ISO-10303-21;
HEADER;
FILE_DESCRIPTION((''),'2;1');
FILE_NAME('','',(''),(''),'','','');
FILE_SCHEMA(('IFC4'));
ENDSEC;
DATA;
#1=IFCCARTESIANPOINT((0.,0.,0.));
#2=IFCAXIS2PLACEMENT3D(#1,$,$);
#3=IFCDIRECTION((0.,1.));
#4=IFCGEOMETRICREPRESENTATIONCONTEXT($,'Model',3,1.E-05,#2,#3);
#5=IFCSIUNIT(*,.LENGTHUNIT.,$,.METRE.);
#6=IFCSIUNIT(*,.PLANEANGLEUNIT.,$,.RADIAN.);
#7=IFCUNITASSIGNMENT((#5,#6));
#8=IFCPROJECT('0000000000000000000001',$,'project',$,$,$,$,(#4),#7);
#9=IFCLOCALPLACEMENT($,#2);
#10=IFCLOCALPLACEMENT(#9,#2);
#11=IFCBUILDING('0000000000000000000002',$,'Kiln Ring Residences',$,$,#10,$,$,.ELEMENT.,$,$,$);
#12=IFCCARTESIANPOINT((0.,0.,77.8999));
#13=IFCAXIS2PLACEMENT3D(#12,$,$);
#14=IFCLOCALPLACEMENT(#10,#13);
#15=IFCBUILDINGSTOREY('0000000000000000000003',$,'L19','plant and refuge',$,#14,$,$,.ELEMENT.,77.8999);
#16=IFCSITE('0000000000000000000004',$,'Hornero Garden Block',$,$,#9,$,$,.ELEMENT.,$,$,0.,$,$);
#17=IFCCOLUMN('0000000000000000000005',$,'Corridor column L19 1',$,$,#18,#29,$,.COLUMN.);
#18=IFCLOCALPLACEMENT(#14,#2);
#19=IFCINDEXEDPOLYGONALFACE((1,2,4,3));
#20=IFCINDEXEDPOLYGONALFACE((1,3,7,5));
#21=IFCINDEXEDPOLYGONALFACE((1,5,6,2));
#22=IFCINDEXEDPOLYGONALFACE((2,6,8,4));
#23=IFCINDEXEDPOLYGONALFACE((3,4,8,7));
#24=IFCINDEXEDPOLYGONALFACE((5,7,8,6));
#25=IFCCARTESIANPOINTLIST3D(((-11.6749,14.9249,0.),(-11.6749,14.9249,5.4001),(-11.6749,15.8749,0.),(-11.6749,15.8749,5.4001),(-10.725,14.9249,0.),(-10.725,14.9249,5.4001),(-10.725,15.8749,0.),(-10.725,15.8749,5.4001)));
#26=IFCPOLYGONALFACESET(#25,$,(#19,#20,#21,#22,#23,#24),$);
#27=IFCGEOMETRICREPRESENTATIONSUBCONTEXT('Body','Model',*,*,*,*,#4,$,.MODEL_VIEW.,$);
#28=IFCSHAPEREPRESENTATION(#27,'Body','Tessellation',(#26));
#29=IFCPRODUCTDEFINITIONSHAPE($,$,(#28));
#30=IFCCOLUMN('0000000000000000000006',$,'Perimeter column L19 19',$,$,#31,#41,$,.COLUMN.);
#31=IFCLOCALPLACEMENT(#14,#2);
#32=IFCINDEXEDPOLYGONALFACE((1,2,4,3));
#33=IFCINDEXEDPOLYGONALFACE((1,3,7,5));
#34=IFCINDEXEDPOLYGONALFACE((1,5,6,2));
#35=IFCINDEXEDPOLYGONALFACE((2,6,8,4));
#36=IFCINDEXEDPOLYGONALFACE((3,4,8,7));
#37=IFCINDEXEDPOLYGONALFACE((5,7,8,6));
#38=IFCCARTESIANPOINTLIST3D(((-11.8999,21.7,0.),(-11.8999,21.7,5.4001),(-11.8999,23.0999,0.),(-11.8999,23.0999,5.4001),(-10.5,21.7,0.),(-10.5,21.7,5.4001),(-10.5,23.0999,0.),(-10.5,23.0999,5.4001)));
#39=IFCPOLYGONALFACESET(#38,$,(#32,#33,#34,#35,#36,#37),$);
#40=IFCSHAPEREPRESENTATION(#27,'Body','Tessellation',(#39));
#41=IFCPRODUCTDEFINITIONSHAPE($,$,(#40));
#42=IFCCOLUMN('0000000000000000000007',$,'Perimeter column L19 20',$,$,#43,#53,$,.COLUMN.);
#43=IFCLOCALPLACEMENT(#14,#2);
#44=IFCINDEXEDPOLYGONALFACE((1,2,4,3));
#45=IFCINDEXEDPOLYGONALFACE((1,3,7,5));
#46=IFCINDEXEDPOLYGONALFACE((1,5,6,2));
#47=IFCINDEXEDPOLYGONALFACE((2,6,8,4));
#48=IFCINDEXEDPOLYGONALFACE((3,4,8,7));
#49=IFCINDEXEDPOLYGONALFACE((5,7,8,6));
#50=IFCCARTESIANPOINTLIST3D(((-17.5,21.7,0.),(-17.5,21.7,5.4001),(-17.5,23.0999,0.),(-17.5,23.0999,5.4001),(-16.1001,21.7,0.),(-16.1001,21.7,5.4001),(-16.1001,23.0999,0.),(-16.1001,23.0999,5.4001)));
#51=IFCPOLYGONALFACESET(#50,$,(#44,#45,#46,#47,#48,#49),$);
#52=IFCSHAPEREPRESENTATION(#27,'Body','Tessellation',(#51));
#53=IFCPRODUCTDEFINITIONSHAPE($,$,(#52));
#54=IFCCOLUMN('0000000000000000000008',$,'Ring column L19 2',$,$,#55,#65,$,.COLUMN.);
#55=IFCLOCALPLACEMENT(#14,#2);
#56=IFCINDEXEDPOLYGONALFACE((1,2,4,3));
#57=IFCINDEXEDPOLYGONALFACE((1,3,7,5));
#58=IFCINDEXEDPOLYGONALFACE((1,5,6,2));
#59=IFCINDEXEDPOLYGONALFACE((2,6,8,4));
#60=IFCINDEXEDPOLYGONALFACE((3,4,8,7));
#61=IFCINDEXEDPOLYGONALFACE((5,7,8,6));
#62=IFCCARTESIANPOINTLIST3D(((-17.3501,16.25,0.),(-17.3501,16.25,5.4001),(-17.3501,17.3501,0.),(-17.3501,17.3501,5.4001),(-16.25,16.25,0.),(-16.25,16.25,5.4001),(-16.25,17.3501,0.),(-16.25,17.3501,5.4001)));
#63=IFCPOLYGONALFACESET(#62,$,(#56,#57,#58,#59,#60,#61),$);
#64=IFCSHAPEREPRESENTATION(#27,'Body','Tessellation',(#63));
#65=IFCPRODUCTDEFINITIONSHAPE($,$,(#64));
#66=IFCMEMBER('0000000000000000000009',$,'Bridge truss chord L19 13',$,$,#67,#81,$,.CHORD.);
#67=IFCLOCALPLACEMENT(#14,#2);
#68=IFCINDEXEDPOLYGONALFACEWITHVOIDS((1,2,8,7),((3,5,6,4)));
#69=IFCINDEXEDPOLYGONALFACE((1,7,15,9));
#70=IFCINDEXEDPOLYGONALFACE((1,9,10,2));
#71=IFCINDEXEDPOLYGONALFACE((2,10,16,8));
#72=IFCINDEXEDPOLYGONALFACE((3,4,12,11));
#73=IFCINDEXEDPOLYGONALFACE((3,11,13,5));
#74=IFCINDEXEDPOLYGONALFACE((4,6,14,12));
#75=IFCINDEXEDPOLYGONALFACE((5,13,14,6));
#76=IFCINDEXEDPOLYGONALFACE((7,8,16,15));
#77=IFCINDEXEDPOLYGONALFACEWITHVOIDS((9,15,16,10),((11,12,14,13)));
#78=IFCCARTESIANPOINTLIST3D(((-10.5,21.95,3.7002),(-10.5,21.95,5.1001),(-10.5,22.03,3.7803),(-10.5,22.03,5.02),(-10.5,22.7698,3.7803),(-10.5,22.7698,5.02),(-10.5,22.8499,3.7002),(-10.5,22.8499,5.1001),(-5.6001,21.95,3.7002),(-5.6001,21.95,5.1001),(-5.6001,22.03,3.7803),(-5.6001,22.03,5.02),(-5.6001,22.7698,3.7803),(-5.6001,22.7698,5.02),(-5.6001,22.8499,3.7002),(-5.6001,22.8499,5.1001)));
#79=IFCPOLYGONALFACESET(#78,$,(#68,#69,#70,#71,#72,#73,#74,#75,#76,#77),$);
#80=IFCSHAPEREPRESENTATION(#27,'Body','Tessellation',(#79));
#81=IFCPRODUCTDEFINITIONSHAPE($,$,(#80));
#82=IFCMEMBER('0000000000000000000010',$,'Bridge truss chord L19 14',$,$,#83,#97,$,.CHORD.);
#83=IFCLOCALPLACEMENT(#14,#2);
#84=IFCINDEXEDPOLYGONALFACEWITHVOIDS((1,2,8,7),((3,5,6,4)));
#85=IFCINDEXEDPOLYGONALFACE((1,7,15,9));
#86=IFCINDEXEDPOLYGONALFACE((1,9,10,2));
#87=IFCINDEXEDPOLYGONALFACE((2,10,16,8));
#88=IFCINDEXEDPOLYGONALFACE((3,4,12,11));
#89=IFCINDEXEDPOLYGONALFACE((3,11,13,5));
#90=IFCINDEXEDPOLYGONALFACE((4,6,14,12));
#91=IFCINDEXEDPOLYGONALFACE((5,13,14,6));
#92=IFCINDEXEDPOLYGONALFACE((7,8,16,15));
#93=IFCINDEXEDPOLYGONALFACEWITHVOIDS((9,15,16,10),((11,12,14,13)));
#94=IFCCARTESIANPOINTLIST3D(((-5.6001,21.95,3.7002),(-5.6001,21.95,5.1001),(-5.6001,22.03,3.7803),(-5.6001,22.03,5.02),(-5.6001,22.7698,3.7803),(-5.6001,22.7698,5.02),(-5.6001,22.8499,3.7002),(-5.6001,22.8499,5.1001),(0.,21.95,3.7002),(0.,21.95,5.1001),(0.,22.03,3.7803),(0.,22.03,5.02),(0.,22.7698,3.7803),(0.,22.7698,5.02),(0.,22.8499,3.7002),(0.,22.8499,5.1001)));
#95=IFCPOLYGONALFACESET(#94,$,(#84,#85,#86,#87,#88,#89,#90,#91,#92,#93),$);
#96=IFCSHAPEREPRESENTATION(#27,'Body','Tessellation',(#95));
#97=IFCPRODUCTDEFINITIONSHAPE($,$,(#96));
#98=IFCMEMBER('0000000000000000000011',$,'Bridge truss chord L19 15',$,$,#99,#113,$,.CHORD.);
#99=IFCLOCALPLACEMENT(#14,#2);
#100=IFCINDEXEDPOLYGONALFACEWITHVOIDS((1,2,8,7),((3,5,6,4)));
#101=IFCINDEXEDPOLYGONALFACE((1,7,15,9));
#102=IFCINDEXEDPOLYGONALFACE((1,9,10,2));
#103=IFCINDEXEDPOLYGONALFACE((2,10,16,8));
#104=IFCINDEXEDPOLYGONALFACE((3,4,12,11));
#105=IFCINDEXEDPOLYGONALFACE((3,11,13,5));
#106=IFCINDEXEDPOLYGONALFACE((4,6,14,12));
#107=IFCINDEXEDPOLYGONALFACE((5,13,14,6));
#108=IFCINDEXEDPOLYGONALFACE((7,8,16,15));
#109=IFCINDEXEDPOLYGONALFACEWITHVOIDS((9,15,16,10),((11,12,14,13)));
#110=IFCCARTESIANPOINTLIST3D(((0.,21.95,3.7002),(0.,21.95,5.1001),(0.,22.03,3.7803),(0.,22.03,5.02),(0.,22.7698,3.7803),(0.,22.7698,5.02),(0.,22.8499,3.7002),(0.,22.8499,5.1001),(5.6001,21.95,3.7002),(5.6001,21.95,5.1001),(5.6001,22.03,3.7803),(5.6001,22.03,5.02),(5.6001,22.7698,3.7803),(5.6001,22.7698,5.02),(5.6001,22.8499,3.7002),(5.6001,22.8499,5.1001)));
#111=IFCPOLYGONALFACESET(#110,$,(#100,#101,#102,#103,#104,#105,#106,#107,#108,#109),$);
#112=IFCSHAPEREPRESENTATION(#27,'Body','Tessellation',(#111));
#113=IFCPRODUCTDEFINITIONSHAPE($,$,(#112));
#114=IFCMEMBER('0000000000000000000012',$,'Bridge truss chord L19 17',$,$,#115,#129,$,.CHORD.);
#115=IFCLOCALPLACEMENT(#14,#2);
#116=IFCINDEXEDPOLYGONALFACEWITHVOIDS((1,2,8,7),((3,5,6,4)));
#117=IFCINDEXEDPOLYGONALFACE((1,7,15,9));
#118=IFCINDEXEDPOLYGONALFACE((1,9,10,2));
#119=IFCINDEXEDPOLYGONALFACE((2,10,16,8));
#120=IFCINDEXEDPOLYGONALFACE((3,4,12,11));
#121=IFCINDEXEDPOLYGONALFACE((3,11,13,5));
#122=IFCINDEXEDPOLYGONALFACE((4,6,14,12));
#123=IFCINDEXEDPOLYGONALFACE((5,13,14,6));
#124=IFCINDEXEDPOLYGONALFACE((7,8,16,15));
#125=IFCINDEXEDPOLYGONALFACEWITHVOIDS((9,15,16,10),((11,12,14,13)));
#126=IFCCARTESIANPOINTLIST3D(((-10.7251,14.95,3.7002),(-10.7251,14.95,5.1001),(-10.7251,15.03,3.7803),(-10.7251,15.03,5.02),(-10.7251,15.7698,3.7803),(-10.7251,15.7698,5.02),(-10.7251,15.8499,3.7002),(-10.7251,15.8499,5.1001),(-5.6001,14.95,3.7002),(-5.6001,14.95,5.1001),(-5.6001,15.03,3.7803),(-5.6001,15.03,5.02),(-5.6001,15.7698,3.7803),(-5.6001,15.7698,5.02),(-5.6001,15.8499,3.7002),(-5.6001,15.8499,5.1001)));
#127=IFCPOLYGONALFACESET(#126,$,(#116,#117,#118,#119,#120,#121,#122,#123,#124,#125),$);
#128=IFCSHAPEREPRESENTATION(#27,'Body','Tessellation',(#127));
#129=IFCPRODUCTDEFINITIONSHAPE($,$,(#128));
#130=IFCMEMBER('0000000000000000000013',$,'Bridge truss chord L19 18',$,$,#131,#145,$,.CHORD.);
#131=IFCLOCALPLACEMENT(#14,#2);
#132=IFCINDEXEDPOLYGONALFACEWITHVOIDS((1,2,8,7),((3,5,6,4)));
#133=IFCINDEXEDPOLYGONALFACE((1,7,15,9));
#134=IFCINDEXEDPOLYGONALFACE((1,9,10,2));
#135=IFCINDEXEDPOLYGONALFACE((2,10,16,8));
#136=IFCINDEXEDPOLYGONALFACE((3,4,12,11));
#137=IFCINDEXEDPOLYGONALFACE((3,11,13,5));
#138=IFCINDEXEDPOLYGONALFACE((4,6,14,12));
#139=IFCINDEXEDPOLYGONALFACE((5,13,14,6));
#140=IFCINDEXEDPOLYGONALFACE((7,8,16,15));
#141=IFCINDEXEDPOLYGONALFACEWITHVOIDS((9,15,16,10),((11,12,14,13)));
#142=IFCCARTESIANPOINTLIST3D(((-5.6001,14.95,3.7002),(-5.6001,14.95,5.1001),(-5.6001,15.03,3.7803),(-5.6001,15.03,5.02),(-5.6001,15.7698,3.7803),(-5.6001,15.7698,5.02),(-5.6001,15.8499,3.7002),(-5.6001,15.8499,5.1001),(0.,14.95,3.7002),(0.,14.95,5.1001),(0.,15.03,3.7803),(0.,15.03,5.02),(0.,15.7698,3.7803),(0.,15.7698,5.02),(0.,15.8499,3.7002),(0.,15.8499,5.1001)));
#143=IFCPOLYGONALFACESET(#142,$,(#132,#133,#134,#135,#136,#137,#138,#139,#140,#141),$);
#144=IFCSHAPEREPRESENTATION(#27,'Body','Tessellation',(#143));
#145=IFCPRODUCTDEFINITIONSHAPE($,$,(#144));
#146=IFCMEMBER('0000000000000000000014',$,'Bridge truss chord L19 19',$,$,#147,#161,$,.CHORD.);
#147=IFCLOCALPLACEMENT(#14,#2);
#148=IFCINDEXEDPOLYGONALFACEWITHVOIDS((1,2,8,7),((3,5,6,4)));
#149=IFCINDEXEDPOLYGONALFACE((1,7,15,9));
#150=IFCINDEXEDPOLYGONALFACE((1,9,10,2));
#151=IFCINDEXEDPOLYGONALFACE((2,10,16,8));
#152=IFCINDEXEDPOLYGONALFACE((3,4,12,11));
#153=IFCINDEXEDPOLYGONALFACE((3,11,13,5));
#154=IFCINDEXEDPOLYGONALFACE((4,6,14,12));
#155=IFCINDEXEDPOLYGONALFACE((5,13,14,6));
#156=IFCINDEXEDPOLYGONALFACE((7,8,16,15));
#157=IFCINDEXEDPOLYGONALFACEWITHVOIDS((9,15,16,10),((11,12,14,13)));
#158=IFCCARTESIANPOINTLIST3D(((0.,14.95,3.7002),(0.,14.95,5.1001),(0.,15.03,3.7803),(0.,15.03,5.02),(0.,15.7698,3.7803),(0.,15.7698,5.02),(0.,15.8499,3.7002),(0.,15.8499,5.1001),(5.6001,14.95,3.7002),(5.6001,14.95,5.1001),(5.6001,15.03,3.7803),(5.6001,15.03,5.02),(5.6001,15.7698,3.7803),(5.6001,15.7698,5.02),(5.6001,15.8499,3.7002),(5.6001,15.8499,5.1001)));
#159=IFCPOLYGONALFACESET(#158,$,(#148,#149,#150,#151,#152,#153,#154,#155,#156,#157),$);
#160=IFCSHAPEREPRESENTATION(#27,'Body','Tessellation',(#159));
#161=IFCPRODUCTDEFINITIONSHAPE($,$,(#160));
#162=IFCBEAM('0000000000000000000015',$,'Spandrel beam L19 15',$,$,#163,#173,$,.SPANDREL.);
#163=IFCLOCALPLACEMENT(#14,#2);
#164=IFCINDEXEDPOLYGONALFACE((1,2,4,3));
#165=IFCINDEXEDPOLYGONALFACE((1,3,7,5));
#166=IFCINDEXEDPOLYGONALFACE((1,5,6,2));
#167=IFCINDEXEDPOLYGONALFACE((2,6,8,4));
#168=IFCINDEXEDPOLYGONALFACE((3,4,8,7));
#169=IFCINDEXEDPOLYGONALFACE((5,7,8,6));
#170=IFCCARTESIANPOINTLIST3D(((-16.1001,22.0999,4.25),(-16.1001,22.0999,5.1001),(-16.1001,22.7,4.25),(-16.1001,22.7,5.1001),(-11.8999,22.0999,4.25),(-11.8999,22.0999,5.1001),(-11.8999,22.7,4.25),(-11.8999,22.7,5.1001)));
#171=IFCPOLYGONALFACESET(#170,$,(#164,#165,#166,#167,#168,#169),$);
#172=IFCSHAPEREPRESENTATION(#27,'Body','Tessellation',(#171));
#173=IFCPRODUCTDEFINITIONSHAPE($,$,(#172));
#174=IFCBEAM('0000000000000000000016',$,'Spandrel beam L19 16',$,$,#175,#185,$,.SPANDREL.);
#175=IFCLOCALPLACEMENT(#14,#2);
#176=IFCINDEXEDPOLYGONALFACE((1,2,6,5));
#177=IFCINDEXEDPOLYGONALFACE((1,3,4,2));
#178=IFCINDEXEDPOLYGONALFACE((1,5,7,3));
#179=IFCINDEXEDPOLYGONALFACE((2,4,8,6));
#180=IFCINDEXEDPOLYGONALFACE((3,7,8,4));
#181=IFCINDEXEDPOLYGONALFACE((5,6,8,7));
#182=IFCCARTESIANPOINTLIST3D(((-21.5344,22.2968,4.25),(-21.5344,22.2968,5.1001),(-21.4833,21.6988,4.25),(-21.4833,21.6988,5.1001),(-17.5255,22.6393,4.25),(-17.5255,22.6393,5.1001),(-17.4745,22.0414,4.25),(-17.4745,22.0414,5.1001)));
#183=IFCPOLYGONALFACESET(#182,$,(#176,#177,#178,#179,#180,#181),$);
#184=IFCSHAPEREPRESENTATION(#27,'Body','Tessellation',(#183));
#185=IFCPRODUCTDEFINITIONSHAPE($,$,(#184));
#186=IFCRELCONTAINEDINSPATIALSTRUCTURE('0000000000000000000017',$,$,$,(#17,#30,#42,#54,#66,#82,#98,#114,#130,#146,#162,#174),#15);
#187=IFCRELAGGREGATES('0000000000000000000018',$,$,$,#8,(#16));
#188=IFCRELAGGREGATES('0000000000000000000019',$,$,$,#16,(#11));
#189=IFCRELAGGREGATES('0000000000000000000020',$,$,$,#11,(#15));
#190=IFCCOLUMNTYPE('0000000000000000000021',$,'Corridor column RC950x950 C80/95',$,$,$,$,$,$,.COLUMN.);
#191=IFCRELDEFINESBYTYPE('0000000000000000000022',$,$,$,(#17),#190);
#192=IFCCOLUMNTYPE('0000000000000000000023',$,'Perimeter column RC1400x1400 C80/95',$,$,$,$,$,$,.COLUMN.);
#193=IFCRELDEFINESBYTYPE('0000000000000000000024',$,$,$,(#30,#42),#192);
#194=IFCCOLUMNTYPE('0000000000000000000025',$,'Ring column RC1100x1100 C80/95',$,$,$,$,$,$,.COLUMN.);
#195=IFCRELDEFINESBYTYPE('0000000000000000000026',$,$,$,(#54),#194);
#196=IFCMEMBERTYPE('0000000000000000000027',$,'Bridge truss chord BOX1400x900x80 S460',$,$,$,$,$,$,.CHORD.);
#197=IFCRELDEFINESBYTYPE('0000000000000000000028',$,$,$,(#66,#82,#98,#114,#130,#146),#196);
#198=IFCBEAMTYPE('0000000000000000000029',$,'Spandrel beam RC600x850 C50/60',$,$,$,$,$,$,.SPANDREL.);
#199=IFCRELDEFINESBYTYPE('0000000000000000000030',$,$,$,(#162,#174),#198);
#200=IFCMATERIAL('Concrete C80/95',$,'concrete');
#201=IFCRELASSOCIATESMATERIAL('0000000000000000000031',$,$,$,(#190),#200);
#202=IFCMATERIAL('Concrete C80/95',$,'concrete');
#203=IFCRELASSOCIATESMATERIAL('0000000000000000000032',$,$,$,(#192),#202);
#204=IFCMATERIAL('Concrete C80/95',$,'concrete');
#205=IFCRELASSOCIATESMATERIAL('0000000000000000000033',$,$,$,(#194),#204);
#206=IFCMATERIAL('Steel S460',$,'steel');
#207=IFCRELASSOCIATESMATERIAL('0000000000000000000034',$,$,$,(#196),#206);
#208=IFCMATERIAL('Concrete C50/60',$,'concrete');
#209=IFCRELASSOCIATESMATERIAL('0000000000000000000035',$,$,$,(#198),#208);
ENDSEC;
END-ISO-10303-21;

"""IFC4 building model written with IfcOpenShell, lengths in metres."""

from ifc_helpers import new_model, si_unit, direction, frame, origin, origin_2d, place, context, subcontext, project, spatial, rectangle, hollow_rectangle, extrude, material, material_profile, profile_set, type_object, element, save


model = new_model("IFC4")

# Units and contexts
model_context = context("Model", 3, precision=1e-05, world=origin(), true_north=direction((0.0, 1.0)))
body_context = subcontext(model_context, "Body", "Model", "MODEL_VIEW")
ifc_project = project(units=[si_unit("LENGTHUNIT", "METRE"), si_unit("PLANEANGLEUNIT", "RADIAN")], contexts=[model_context])

# Site, building, storey
site_placement = place(None, origin())
site = spatial("IfcSite", under=ifc_project, at=site_placement, Name="Hornero Garden Block", CompositionType="ELEMENT", RefElevation=0.0)
building_placement = place(site_placement, origin())
building = spatial("IfcBuilding", under=site, at=building_placement, Name="Kiln Ring Residences", CompositionType="ELEMENT")
storey_placement = place(building_placement, frame((0.0, 0.0, 77.8999)))
storey = spatial("IfcBuildingStorey", under=building, at=storey_placement, Name="L19", Description="plant and refuge", CompositionType="ELEMENT", Elevation=77.8999)

# Columns
ifc_material_1 = material(Name="Concrete C80/95", Category="concrete")
ifc_material_profile_1 = material_profile(ifc_material_1, rectangle(XDim=0.95, YDim=0.95, at=origin_2d()), Name="RC950x950")
ifc_profile_set_1 = profile_set([ifc_material_profile_1], Name="Concrete C80/95")
column_type_1 = type_object("IfcColumnType", Name="Corridor column RC950x950 C80/95", PredefinedType="COLUMN", material=ifc_profile_set_1)
column_1_placement = place(storey_placement, frame((-11.2, 15.3999, 0.0), z_axis=(0.0, 0.0, 1.0), x_axis=(1.0, 0.0, 0.0)))
element("IfcColumn", 1, at=column_1_placement, inside=storey, type_object=column_type_1, Name="Corridor column L19 1", PredefinedType="COLUMN", context=body_context, shape_type="SweptSolid", body=[
    extrude(rectangle(XDim=0.95, YDim=0.95, at=origin_2d()), origin(), (0.0, 0.0, 1.0), 5.4001),
])
ifc_material_2 = material(Name="Concrete C80/95", Category="concrete")
ifc_material_profile_2 = material_profile(ifc_material_2, rectangle(XDim=1.3999, YDim=1.3999, at=origin_2d()), Name="RC1400x1400")
ifc_profile_set_2 = profile_set([ifc_material_profile_2], Name="Concrete C80/95")
column_type_2 = type_object("IfcColumnType", Name="Perimeter column RC1400x1400 C80/95", PredefinedType="COLUMN", material=ifc_profile_set_2)
for number, where, z_axis, x_axis, name in (
    (2, (-11.2, 22.3999, 0.0), (0.0, 0.0, 1.0), (1.0, 0.0, 0.0), "Perimeter column L19 19"),
    (3, (-16.8, 22.3999, 0.0), (0.0, 0.0, 1.0), (1.0, 0.0, 0.0), "Perimeter column L19 20"),
):
    element("IfcColumn", number, at=place(storey_placement, frame(where, z_axis=z_axis, x_axis=x_axis)), inside=storey, type_object=column_type_2, Name=name, PredefinedType="COLUMN", context=body_context, shape_type="SweptSolid", body=[
        extrude(rectangle(XDim=1.3999, YDim=1.3999, at=origin_2d()), origin(), (0.0, 0.0, 1.0), 5.4001),
    ])
ifc_material_3 = material(Name="Concrete C80/95", Category="concrete")
ifc_material_profile_3 = material_profile(ifc_material_3, rectangle(XDim=1.1001, YDim=1.1001, at=origin_2d()), Name="RC1100x1100")
ifc_profile_set_3 = profile_set([ifc_material_profile_3], Name="Concrete C80/95")
column_type_3 = type_object("IfcColumnType", Name="Ring column RC1100x1100 C80/95", PredefinedType="COLUMN", material=ifc_profile_set_3)
column_2_placement = place(storey_placement, frame((-16.8, 16.8, 0.0), z_axis=(0.0, 0.0, 1.0), x_axis=(1.0, 0.0, 0.0)))
element("IfcColumn", 4, at=column_2_placement, inside=storey, type_object=column_type_3, Name="Ring column L19 2", PredefinedType="COLUMN", context=body_context, shape_type="SweptSolid", body=[
    extrude(rectangle(XDim=1.1001, YDim=1.1001, at=origin_2d()), origin(), (0.0, 0.0, 1.0), 5.4001),
])

# Members
ifc_material_4 = material(Name="Steel S460", Category="steel")
ifc_material_profile_4 = material_profile(ifc_material_4, hollow_rectangle(XDim=0.8999, YDim=1.3999, WallThickness=0.0801, at=origin_2d()), Name="BOX1400x900x80")
ifc_profile_set_4 = profile_set([ifc_material_profile_4], Name="Steel S460")
member_type = type_object("IfcMemberType", Name="Bridge truss chord BOX1400x900x80 S460", PredefinedType="CHORD", material=ifc_profile_set_4)
member_1_placement = place(storey_placement, frame((-10.5, 22.3999, 4.4001), z_axis=(1.0, 0.0, 0.0), x_axis=(0.0, 1.0, 0.0)))
element("IfcMember", 5, at=member_1_placement, inside=storey, type_object=member_type, Name="Bridge truss chord L19 13", PredefinedType="CHORD", context=body_context, shape_type="SweptSolid", body=[
    extrude(hollow_rectangle(XDim=0.8999, YDim=1.3999, WallThickness=0.0801, at=origin_2d()), origin(), (0.0, 0.0, 1.0), 4.8999),
])
for number, where, z_axis, x_axis, name in (
    (6, (-5.6001, 22.3999, 4.4001), (1.0, 0.0, 0.0), (0.0, 1.0, 0.0), "Bridge truss chord L19 14"),
    (7, (0.0, 22.3999, 4.4001), (1.0, 0.0, 0.0), (0.0, 1.0, 0.0), "Bridge truss chord L19 15"),
):
    element("IfcMember", number, at=place(storey_placement, frame(where, z_axis=z_axis, x_axis=x_axis)), inside=storey, type_object=member_type, Name=name, PredefinedType="CHORD", context=body_context, shape_type="SweptSolid", body=[
        extrude(hollow_rectangle(XDim=0.8999, YDim=1.3999, WallThickness=0.0801, at=origin_2d()), origin(), (0.0, 0.0, 1.0), 5.6001),
    ])
member_2_placement = place(storey_placement, frame((-10.7251, 15.3999, 4.4001), z_axis=(1.0, 0.0, 0.0), x_axis=(0.0, 1.0, 0.0)))
element("IfcMember", 8, at=member_2_placement, inside=storey, type_object=member_type, Name="Bridge truss chord L19 17", PredefinedType="CHORD", context=body_context, shape_type="SweptSolid", body=[
    extrude(hollow_rectangle(XDim=0.8999, YDim=1.3999, WallThickness=0.0801, at=origin_2d()), origin(), (0.0, 0.0, 1.0), 5.125),
])
for number, where, z_axis, x_axis, name in (
    (9, (-5.6001, 15.3999, 4.4001), (1.0, 0.0, 0.0), (0.0, 1.0, 0.0), "Bridge truss chord L19 18"),
    (10, (0.0, 15.3999, 4.4001), (1.0, 0.0, 0.0), (0.0, 1.0, 0.0), "Bridge truss chord L19 19"),
):
    element("IfcMember", number, at=place(storey_placement, frame(where, z_axis=z_axis, x_axis=x_axis)), inside=storey, type_object=member_type, Name=name, PredefinedType="CHORD", context=body_context, shape_type="SweptSolid", body=[
        extrude(hollow_rectangle(XDim=0.8999, YDim=1.3999, WallThickness=0.0801, at=origin_2d()), origin(), (0.0, 0.0, 1.0), 5.6001),
    ])

# Beams
ifc_material_5 = material(Name="Concrete C50/60", Category="concrete")
ifc_material_profile_5 = material_profile(ifc_material_5, rectangle(XDim=0.6001, YDim=0.8501, at=origin_2d()), Name="RC600x850")
ifc_profile_set_5 = profile_set([ifc_material_profile_5], Name="Concrete C50/60")
beam_type = type_object("IfcBeamType", Name="Spandrel beam RC600x850 C50/60", PredefinedType="SPANDREL", material=ifc_profile_set_5)
beam_1_placement = place(storey_placement, frame((-11.8999, 22.3999, 4.675), z_axis=(-1.0, 0.0, 0.0), x_axis=(0.0, -1.0, 0.0)))
element("IfcBeam", 11, at=beam_1_placement, inside=storey, type_object=beam_type, Name="Spandrel beam L19 15", PredefinedType="SPANDREL", context=body_context, shape_type="SweptSolid", body=[
    extrude(rectangle(XDim=0.6001, YDim=0.8501, at=origin_2d()), origin(), (0.0, 0.0, 1.0), 4.2002),
])
beam_2_placement = place(storey_placement, frame((-17.5, 22.3403, 4.675), z_axis=(-0.996369, -0.085134, 0.0), x_axis=(0.085134, -0.996369, 0.0)))
element("IfcBeam", 12, at=beam_2_placement, inside=storey, type_object=beam_type, Name="Spandrel beam L19 16", PredefinedType="SPANDREL", context=body_context, shape_type="SweptSolid", body=[
    extrude(rectangle(XDim=0.6001, YDim=0.8501, at=origin_2d()), origin(), (0.0, 0.0, 1.0), 4.0234),
])

save(model, "model.ifc")
